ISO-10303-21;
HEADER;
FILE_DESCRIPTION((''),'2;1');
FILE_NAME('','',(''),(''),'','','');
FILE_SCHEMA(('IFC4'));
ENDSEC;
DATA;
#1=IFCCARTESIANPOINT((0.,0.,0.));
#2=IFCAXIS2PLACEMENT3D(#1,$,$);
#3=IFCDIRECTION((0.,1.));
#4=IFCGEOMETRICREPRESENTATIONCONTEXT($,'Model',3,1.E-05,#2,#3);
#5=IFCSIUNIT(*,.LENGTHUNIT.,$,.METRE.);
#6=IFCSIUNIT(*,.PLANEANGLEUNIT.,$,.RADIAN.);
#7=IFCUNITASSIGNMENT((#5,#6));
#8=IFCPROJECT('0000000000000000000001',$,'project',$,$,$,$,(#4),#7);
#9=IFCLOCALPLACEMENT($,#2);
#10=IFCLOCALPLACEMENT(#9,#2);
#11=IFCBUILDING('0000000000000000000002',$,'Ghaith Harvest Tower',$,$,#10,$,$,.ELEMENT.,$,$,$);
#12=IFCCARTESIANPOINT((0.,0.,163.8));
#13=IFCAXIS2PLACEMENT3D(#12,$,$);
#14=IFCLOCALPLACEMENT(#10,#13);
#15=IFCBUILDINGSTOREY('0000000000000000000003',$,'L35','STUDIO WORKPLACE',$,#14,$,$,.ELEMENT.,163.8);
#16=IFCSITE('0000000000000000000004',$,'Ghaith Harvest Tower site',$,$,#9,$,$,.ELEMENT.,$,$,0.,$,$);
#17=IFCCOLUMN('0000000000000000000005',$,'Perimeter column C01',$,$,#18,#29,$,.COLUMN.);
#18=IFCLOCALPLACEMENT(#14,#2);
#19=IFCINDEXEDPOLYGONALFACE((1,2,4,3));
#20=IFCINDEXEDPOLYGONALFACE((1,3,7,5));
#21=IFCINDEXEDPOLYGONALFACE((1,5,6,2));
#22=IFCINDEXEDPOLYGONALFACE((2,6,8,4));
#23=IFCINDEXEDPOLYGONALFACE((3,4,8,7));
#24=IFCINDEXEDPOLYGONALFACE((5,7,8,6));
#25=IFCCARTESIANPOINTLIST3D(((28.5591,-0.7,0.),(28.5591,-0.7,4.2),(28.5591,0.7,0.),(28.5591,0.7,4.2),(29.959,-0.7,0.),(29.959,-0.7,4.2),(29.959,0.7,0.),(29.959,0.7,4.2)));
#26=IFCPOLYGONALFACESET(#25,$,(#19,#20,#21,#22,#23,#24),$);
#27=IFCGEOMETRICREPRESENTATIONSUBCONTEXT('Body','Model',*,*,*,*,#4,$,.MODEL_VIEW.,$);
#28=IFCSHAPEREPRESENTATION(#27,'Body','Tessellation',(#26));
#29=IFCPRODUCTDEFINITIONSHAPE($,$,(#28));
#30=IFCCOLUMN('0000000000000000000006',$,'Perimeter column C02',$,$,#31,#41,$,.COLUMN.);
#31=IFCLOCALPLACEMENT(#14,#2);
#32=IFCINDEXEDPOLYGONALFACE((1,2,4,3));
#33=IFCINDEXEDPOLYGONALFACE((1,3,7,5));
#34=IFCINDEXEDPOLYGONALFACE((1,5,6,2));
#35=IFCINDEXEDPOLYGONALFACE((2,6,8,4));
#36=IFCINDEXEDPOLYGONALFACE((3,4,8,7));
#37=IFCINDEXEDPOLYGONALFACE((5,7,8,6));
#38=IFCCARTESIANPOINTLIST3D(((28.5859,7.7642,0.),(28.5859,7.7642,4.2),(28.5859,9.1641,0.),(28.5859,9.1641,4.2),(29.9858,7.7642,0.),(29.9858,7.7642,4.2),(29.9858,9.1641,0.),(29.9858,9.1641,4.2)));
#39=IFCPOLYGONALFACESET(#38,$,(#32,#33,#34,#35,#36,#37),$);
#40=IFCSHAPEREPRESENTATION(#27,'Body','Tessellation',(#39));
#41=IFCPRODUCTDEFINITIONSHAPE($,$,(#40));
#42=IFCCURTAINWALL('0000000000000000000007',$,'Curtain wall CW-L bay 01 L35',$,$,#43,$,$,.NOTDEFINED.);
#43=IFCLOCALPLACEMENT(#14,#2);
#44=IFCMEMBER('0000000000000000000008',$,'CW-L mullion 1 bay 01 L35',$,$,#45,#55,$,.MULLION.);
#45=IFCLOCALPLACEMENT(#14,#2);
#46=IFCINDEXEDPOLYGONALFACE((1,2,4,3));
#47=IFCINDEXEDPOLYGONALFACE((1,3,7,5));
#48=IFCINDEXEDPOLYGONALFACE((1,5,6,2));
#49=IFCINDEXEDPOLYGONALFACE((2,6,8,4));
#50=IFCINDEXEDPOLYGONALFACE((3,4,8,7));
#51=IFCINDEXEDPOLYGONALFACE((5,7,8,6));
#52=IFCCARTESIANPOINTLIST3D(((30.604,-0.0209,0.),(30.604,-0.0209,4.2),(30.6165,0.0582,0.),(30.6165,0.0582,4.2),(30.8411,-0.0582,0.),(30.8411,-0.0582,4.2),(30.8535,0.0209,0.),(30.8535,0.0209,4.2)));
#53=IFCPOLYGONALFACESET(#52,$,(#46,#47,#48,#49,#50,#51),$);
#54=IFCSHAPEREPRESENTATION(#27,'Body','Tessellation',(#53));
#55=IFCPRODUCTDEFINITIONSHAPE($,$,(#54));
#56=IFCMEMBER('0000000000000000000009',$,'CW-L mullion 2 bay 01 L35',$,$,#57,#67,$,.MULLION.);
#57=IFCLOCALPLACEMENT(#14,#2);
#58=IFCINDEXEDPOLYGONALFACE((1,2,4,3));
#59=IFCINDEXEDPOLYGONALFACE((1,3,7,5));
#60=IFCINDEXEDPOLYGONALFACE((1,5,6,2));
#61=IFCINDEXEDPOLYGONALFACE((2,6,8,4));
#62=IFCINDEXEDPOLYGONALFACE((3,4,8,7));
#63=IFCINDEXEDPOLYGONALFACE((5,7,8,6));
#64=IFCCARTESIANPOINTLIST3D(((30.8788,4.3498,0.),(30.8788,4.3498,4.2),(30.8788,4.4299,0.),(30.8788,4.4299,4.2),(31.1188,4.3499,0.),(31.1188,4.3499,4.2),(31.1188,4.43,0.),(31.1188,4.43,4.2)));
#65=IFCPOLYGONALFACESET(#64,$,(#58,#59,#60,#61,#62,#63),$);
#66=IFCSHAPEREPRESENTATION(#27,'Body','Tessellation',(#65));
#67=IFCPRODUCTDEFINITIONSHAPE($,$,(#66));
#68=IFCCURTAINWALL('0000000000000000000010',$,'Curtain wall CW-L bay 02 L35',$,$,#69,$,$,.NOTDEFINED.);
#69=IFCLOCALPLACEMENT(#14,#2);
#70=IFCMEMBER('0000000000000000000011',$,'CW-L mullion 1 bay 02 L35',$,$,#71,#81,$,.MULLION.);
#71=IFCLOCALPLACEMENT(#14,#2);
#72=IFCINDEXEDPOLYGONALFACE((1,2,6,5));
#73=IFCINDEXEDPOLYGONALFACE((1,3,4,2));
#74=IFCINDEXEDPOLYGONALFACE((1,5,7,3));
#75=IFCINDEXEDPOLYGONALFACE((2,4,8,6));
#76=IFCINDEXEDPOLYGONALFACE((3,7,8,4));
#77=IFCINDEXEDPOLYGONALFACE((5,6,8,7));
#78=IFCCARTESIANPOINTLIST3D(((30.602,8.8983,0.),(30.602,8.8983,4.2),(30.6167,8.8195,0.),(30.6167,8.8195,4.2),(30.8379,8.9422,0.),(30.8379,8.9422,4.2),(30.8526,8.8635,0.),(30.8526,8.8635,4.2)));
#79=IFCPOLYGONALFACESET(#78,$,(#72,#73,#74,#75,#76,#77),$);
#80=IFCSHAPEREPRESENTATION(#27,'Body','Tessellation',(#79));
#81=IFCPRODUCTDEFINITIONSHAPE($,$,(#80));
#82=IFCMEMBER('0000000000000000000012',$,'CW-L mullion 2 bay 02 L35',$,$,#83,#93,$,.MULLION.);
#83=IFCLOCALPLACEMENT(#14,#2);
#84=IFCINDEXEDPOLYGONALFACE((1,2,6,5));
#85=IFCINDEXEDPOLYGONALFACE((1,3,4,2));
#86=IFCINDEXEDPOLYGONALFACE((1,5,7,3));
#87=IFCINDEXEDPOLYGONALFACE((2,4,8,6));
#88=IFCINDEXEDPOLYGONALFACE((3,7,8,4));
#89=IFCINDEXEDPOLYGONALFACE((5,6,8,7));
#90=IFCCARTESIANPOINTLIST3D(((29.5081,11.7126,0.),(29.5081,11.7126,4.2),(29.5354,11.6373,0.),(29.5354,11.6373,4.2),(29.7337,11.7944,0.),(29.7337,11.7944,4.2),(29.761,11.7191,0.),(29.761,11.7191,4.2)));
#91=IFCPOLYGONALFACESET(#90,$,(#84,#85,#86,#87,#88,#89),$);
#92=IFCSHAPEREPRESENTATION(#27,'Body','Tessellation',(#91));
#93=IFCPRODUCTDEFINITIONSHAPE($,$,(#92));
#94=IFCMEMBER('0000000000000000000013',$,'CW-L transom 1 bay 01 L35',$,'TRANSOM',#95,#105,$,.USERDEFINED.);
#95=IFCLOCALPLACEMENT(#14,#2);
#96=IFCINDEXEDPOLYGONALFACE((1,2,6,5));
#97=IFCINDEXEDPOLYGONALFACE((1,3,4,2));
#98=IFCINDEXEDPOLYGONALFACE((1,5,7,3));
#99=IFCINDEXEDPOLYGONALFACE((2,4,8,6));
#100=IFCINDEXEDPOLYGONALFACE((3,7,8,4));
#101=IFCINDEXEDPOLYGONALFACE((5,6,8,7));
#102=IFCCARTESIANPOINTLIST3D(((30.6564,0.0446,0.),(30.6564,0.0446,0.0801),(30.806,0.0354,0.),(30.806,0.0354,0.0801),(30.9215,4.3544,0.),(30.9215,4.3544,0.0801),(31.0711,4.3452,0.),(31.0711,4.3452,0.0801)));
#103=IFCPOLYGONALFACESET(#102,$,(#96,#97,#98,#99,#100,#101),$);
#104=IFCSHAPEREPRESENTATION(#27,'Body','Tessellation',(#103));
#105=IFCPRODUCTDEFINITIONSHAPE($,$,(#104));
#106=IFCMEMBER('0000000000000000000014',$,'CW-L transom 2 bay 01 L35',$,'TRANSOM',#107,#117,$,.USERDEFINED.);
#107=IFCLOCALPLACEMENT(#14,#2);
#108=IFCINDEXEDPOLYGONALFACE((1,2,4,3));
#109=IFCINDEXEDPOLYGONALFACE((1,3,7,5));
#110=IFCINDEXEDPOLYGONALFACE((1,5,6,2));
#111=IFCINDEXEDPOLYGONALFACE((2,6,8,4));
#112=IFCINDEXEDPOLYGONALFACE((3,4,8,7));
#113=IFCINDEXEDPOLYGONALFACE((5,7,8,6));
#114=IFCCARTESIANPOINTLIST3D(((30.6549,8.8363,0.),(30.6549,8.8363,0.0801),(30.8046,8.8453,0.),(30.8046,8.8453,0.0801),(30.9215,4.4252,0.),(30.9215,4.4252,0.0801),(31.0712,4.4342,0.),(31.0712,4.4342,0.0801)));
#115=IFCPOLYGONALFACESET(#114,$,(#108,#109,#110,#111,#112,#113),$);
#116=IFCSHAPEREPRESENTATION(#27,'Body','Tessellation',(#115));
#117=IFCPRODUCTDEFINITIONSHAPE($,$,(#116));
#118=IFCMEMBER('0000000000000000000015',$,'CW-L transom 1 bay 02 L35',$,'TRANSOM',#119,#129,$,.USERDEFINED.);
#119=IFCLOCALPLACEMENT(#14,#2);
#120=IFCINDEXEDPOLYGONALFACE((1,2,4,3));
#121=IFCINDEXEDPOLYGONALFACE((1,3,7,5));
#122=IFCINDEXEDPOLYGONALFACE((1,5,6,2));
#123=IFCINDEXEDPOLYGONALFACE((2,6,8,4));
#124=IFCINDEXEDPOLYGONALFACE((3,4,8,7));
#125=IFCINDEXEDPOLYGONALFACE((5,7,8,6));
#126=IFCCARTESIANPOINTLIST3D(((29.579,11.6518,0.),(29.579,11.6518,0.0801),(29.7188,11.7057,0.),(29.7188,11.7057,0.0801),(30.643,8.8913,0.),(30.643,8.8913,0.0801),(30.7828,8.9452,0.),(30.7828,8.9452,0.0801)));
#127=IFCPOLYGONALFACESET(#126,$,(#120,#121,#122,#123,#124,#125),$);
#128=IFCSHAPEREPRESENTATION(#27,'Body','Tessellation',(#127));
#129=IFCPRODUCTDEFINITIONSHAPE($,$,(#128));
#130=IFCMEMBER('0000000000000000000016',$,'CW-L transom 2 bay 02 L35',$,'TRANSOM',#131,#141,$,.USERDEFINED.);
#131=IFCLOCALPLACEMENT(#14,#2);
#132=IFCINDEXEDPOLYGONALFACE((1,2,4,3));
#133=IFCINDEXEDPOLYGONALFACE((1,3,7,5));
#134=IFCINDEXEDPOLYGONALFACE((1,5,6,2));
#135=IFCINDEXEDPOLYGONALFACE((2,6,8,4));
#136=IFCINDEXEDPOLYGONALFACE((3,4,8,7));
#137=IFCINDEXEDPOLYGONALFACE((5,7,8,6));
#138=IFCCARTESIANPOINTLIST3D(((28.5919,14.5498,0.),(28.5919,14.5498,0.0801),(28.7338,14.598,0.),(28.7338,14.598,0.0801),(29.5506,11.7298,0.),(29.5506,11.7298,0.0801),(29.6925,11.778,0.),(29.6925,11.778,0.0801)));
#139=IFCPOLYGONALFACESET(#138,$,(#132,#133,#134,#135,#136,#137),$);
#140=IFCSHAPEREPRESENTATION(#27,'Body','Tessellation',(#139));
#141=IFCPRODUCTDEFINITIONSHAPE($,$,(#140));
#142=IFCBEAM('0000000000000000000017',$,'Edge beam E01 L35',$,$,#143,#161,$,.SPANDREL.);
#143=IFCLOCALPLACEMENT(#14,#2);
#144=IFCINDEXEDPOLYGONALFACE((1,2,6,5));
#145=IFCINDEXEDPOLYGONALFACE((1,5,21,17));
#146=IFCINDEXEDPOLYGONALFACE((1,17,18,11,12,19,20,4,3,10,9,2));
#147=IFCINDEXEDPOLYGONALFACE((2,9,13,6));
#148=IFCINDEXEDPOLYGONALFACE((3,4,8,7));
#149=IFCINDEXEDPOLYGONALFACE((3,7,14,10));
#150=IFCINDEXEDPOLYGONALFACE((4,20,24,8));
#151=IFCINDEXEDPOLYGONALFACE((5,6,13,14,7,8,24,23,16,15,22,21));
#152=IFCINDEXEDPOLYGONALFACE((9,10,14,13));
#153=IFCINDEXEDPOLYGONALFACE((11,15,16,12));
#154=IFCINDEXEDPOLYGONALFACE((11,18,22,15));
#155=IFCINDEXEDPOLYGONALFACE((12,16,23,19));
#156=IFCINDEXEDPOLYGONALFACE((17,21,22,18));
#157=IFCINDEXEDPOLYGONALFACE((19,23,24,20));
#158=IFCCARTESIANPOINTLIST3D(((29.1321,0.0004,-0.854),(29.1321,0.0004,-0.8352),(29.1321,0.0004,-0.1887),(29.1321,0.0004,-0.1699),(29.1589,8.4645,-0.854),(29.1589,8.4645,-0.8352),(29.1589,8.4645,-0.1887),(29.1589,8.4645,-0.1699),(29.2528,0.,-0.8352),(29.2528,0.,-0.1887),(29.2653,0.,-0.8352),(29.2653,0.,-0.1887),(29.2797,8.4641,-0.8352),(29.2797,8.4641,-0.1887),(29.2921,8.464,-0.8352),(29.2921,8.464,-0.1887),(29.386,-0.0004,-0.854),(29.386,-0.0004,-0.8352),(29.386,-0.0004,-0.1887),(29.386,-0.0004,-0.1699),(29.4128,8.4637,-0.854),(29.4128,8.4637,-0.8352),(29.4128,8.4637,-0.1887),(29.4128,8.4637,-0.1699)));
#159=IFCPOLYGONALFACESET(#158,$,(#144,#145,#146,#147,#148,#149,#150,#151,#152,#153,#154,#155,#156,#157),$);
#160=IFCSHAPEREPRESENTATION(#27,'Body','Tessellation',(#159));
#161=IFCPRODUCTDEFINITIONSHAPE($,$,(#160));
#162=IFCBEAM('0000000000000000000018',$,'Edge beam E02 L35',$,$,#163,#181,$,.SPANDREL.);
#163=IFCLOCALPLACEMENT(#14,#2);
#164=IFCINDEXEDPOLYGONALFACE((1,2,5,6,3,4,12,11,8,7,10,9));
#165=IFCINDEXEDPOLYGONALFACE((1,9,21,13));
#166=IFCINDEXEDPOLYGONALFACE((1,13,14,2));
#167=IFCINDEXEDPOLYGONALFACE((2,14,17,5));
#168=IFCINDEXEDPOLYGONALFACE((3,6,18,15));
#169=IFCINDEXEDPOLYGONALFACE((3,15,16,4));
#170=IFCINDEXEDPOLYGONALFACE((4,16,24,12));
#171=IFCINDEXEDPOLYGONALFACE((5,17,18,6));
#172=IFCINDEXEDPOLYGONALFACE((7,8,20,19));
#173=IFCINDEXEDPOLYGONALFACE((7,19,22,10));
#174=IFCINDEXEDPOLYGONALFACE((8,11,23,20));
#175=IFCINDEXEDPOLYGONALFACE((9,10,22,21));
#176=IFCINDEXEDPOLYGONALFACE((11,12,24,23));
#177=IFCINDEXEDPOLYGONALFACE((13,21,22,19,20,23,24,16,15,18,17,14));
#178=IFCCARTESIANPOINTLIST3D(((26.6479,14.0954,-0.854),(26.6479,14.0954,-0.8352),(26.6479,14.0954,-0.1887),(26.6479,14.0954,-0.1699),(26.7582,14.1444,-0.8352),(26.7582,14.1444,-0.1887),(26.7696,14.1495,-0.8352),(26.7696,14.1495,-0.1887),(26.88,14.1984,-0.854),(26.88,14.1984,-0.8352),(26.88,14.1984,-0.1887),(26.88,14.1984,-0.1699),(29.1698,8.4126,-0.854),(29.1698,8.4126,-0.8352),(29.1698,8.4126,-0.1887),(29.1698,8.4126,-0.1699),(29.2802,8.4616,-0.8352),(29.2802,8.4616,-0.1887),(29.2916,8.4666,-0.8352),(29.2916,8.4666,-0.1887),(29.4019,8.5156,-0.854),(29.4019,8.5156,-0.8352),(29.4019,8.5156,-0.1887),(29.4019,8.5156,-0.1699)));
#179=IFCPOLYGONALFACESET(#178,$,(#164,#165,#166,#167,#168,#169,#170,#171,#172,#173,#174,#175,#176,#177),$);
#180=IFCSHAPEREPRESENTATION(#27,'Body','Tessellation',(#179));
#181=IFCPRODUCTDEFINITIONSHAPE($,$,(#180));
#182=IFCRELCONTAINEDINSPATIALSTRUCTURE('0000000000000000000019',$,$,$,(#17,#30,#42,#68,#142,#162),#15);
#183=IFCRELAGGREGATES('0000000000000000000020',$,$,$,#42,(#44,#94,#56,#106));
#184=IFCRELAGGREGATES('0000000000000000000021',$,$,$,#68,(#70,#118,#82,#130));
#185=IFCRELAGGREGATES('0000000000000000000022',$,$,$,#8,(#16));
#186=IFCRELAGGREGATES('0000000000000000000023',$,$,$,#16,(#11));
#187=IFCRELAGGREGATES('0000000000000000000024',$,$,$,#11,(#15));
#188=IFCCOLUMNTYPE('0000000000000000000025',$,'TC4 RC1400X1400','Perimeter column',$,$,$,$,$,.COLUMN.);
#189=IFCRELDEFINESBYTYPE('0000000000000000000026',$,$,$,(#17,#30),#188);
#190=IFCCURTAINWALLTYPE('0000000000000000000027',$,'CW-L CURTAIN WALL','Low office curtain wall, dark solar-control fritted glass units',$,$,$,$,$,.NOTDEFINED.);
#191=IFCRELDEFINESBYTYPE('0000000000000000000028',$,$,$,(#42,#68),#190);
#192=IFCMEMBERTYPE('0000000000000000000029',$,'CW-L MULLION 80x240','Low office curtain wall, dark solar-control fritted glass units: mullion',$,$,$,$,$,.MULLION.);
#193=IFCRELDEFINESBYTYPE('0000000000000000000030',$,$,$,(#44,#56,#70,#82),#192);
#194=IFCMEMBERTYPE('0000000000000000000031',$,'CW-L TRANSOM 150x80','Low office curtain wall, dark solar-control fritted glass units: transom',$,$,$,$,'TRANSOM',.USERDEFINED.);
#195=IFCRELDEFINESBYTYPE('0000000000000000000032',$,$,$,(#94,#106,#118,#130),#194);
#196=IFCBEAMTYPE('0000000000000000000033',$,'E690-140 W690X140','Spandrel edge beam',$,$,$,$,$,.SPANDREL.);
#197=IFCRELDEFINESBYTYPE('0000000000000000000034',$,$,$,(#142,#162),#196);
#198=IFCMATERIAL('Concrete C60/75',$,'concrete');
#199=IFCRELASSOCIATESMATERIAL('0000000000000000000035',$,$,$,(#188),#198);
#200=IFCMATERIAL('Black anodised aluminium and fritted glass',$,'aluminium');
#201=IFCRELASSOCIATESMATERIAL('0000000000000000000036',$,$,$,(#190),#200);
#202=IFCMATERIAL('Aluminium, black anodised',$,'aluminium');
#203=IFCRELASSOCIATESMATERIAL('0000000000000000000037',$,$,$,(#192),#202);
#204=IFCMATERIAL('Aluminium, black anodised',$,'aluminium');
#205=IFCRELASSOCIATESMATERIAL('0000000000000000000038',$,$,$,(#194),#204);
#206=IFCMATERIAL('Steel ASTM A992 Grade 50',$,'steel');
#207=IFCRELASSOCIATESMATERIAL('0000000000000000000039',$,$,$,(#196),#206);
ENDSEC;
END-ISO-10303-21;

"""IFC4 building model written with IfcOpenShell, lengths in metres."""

from ifc_helpers import new_model, si_unit, direction, frame, origin, origin_2d, place, context, subcontext, project, spatial, rectangle, i_section, extrude, material, material_profile, profile_set, type_object, element, aggregate, save


model = new_model("IFC4")

# Units and contexts
model_context = context("Model", 3, precision=1e-05, world=origin(), true_north=direction((0.0, 1.0)))
body_context = subcontext(model_context, "Body", "Model", "MODEL_VIEW")
ifc_project = project(units=[si_unit("LENGTHUNIT", "METRE"), si_unit("PLANEANGLEUNIT", "RADIAN")], contexts=[model_context])

# Site, building, storey
site_placement = place(None, origin())
site = spatial("IfcSite", under=ifc_project, at=site_placement, Name="Ghaith Harvest Tower site", CompositionType="ELEMENT", RefElevation=0.0)
building_placement = place(site_placement, origin())
building = spatial("IfcBuilding", under=site, at=building_placement, Name="Ghaith Harvest Tower", CompositionType="ELEMENT")
storey_placement = place(building_placement, frame((0.0, 0.0, 163.8)))
storey = spatial("IfcBuildingStorey", under=building, at=storey_placement, Name="L35", Description="STUDIO WORKPLACE", CompositionType="ELEMENT", Elevation=163.8)

# Columns
ifc_material_1 = material(Name="Concrete C60/75", Category="concrete")
ifc_material_profile_1 = material_profile(ifc_material_1, rectangle(XDim=1.3999, YDim=1.3999, at=origin_2d()), Name="RC1400X1400")
ifc_profile_set_1 = profile_set([ifc_material_profile_1], Name="Concrete C60/75")
column_type = type_object("IfcColumnType", Name="TC4 RC1400X1400", Description="Perimeter column", PredefinedType="COLUMN", material=ifc_profile_set_1)
for number, where, z_axis, x_axis, name in (
    (1, (29.259, 0.0, 0.0), (0.0, 0.0, 1.0), (1.0, 0.0, 0.0), "Perimeter column C01"),
    (2, (29.2859, 8.4641, 0.0), (0.0, 0.0, 1.0), (1.0, 0.0, 0.0), "Perimeter column C02"),
):
    element("IfcColumn", number, at=place(storey_placement, frame(where, z_axis=z_axis, x_axis=x_axis)), inside=storey, type_object=column_type, Name=name, PredefinedType="COLUMN", context=body_context, shape_type="SweptSolid", body=[
        extrude(rectangle(XDim=1.3999, YDim=1.3999, at=origin_2d()), origin(), (0.0, 0.0, 1.0), 4.2),
    ])

# Curtain walls, members
ifc_material_2 = material(Name="Black anodised aluminium and fritted glass", Category="aluminium")
curtain_wall_type = type_object("IfcCurtainWallType", Name="CW-L CURTAIN WALL", Description="Low office curtain wall, dark solar-control fritted glass units", PredefinedType="NOTDEFINED", material=ifc_material_2)
curtain_wall_1_placement = place(storey_placement, origin())
curtain_wall_1 = element("IfcCurtainWall", 3, at=curtain_wall_1_placement, inside=storey, type_object=curtain_wall_type, Name="Curtain wall CW-L bay 01 L35", PredefinedType="NOTDEFINED")
ifc_material_3 = material(Name="Aluminium, black anodised", Category="aluminium")
ifc_material_profile_2 = material_profile(ifc_material_3, rectangle(XDim=0.0801, YDim=0.24, at=origin_2d()), Name="CW-L MULLION 80x240")
ifc_profile_set_2 = profile_set([ifc_material_profile_2], Name="Aluminium, black anodised")
member_type_1 = type_object("IfcMemberType", Name="CW-L MULLION 80x240", Description="Low office curtain wall, dark solar-control fritted glass units: mullion", PredefinedType="MULLION", material=ifc_profile_set_2)
member_1_placement = place(storey_placement, frame((30.7288, 0.0, 0.0), z_axis=(0.0, 0.0, 1.0), x_axis=(0.155597, 0.987821, 0.0)))
member_1 = element("IfcMember", 4, at=member_1_placement, type_object=member_type_1, Name="CW-L mullion 1 bay 01 L35", PredefinedType="MULLION", context=body_context, shape_type="SweptSolid", body=[
    extrude(rectangle(XDim=0.0801, YDim=0.24, at=origin_2d()), origin(), (0.0, 0.0, 1.0), 4.2),
])
member_2_placement = place(storey_placement, frame((30.9988, 4.3899, 0.0), z_axis=(0.0, 0.0, 1.0), x_axis=(-0.000162, 1.0, 0.0)))
member_2 = element("IfcMember", 5, at=member_2_placement, type_object=member_type_1, Name="CW-L mullion 2 bay 01 L35", PredefinedType="MULLION", context=body_context, shape_type="SweptSolid", body=[
    extrude(rectangle(XDim=0.0801, YDim=0.24, at=origin_2d()), origin(), (0.0, 0.0, 1.0), 4.2),
])
curtain_wall_2_placement = place(storey_placement, origin())
curtain_wall_2 = element("IfcCurtainWall", 6, at=curtain_wall_2_placement, inside=storey, type_object=curtain_wall_type, Name="Curtain wall CW-L bay 02 L35", PredefinedType="NOTDEFINED")
member_3_placement = place(storey_placement, frame((30.7273, 8.8809, 0.0), z_axis=(0.0, 0.0, 1.0), x_axis=(-0.18307, 0.9831, 0.0)))
member_3 = element("IfcMember", 7, at=member_3_placement, type_object=member_type_1, Name="CW-L mullion 1 bay 02 L35", PredefinedType="MULLION", context=body_context, shape_type="SweptSolid", body=[
    extrude(rectangle(XDim=0.0801, YDim=0.24, at=origin_2d()), origin(), (0.0, 0.0, 1.0), 4.2),
])
member_4_placement = place(storey_placement, frame((29.6345, 11.7158, 0.0), z_axis=(0.0, 0.0, 1.0), x_axis=(-0.340771, 0.940146, 0.0)))
member_4 = element("IfcMember", 8, at=member_4_placement, type_object=member_type_1, Name="CW-L mullion 2 bay 02 L35", PredefinedType="MULLION", context=body_context, shape_type="SweptSolid", body=[
    extrude(rectangle(XDim=0.0801, YDim=0.24, at=origin_2d()), origin(), (0.0, 0.0, 1.0), 4.2),
])

# Members
ifc_material_4 = material(Name="Aluminium, black anodised", Category="aluminium")
ifc_material_profile_3 = material_profile(ifc_material_4, rectangle(XDim=0.1499, YDim=0.0801, at=origin_2d()), Name="CW-L TRANSOM 150x80")
ifc_profile_set_3 = profile_set([ifc_material_profile_3], Name="Aluminium, black anodised")
member_type_2 = type_object("IfcMemberType", Name="CW-L TRANSOM 150x80", Description="Low office curtain wall, dark solar-control fritted glass units: transom", ElementType="TRANSOM", PredefinedType="USERDEFINED", material=ifc_profile_set_3)
member_5_placement = place(storey_placement, frame((30.7312, 0.04, 0.04), z_axis=(0.061403, 0.998113, 0.0), x_axis=(-0.998113, 0.061403, 0.0)))
member_5 = element("IfcMember", 9, at=member_5_placement, type_object=member_type_2, Name="CW-L transom 1 bay 01 L35", ObjectType="TRANSOM", PredefinedType="USERDEFINED", context=body_context, shape_type="SweptSolid", body=[
    extrude(rectangle(XDim=0.1499, YDim=0.0801, at=origin_2d()), origin(), (0.0, 0.0, 1.0), 4.3179),
])
member_6_placement = place(storey_placement, frame((30.9963, 4.4297, 0.04), z_axis=(-0.060328, 0.998179, 0.0), x_axis=(-0.998179, -0.060328, 0.0)))
member_6 = element("IfcMember", 10, at=member_6_placement, type_object=member_type_2, Name="CW-L transom 2 bay 01 L35", ObjectType="TRANSOM", PredefinedType="USERDEFINED", context=body_context, shape_type="SweptSolid", body=[
    extrude(rectangle(XDim=0.1499, YDim=0.0801, at=origin_2d()), origin(), (0.0, 0.0, 1.0), 4.4192),
])
member_7_placement = place(storey_placement, frame((30.7129, 8.9182, 0.04), z_axis=(-0.359637, 0.933092, 0.0), x_axis=(-0.933092, -0.359637, 0.0)))
member_7 = element("IfcMember", 11, at=member_7_placement, type_object=member_type_2, Name="CW-L transom 1 bay 02 L35", ObjectType="TRANSOM", PredefinedType="USERDEFINED", context=body_context, shape_type="SweptSolid", body=[
    extrude(rectangle(XDim=0.1499, YDim=0.0801, at=origin_2d()), origin(), (0.0, 0.0, 1.0), 2.9585),
])
member_8_placement = place(storey_placement, frame((29.6216, 11.7539, 0.04), z_axis=(-0.321878, 0.946781, 0.0), x_axis=(-0.946781, -0.321878, 0.0)))
member_8 = element("IfcMember", 12, at=member_8_placement, type_object=member_type_2, Name="CW-L transom 2 bay 02 L35", ObjectType="TRANSOM", PredefinedType="USERDEFINED", context=body_context, shape_type="SweptSolid", body=[
    extrude(rectangle(XDim=0.1499, YDim=0.0801, at=origin_2d()), origin(), (0.0, 0.0, 1.0), 2.9785),
])

# Beams
ifc_material_5 = material(Name="Steel ASTM A992 Grade 50", Category="steel")
ifc_material_profile_4 = material_profile(ifc_material_5, i_section(OverallWidth=0.2539, OverallDepth=0.6841, WebThickness=0.0125, FlangeThickness=0.0188, at=origin_2d()), Name="W690X140")
ifc_profile_set_4 = profile_set([ifc_material_profile_4], Name="Steel ASTM A992 Grade 50")
beam_type = type_object("IfcBeamType", Name="E690-140 W690X140", Description="Spandrel edge beam", PredefinedType="SPANDREL", material=ifc_profile_set_4)
beam_1_placement = place(storey_placement, frame((29.259, 0.0, -0.512), z_axis=(0.003173, 0.999995, 0.0), x_axis=(-0.999995, 0.003173, 0.0)))
element("IfcBeam", 13, at=beam_1_placement, inside=storey, type_object=beam_type, Name="Edge beam E01 L35", PredefinedType="SPANDREL", context=body_context, shape_type="SweptSolid", body=[
    extrude(i_section(OverallWidth=0.2539, OverallDepth=0.6841, WebThickness=0.0125, FlangeThickness=0.0188, at=origin_2d()), origin(), (0.0, 0.0, 1.0), 8.4641),
])
beam_2_placement = place(storey_placement, frame((29.2859, 8.4641, -0.512), z_axis=(-0.405636, 0.914035, 0.0), x_axis=(-0.914035, -0.405636, 0.0)))
element("IfcBeam", 14, at=beam_2_placement, inside=storey, type_object=beam_type, Name="Edge beam E02 L35", PredefinedType="SPANDREL", context=body_context, shape_type="SweptSolid", body=[
    extrude(i_section(OverallWidth=0.2539, OverallDepth=0.6841, WebThickness=0.0125, FlangeThickness=0.0188, at=origin_2d()), origin(), (0.0, 0.0, 1.0), 6.2173),
])

aggregate(curtain_wall_1, [member_1, member_5, member_2, member_6])
aggregate(curtain_wall_2, [member_3, member_7, member_4, member_8])

save(model, "model.ifc")
